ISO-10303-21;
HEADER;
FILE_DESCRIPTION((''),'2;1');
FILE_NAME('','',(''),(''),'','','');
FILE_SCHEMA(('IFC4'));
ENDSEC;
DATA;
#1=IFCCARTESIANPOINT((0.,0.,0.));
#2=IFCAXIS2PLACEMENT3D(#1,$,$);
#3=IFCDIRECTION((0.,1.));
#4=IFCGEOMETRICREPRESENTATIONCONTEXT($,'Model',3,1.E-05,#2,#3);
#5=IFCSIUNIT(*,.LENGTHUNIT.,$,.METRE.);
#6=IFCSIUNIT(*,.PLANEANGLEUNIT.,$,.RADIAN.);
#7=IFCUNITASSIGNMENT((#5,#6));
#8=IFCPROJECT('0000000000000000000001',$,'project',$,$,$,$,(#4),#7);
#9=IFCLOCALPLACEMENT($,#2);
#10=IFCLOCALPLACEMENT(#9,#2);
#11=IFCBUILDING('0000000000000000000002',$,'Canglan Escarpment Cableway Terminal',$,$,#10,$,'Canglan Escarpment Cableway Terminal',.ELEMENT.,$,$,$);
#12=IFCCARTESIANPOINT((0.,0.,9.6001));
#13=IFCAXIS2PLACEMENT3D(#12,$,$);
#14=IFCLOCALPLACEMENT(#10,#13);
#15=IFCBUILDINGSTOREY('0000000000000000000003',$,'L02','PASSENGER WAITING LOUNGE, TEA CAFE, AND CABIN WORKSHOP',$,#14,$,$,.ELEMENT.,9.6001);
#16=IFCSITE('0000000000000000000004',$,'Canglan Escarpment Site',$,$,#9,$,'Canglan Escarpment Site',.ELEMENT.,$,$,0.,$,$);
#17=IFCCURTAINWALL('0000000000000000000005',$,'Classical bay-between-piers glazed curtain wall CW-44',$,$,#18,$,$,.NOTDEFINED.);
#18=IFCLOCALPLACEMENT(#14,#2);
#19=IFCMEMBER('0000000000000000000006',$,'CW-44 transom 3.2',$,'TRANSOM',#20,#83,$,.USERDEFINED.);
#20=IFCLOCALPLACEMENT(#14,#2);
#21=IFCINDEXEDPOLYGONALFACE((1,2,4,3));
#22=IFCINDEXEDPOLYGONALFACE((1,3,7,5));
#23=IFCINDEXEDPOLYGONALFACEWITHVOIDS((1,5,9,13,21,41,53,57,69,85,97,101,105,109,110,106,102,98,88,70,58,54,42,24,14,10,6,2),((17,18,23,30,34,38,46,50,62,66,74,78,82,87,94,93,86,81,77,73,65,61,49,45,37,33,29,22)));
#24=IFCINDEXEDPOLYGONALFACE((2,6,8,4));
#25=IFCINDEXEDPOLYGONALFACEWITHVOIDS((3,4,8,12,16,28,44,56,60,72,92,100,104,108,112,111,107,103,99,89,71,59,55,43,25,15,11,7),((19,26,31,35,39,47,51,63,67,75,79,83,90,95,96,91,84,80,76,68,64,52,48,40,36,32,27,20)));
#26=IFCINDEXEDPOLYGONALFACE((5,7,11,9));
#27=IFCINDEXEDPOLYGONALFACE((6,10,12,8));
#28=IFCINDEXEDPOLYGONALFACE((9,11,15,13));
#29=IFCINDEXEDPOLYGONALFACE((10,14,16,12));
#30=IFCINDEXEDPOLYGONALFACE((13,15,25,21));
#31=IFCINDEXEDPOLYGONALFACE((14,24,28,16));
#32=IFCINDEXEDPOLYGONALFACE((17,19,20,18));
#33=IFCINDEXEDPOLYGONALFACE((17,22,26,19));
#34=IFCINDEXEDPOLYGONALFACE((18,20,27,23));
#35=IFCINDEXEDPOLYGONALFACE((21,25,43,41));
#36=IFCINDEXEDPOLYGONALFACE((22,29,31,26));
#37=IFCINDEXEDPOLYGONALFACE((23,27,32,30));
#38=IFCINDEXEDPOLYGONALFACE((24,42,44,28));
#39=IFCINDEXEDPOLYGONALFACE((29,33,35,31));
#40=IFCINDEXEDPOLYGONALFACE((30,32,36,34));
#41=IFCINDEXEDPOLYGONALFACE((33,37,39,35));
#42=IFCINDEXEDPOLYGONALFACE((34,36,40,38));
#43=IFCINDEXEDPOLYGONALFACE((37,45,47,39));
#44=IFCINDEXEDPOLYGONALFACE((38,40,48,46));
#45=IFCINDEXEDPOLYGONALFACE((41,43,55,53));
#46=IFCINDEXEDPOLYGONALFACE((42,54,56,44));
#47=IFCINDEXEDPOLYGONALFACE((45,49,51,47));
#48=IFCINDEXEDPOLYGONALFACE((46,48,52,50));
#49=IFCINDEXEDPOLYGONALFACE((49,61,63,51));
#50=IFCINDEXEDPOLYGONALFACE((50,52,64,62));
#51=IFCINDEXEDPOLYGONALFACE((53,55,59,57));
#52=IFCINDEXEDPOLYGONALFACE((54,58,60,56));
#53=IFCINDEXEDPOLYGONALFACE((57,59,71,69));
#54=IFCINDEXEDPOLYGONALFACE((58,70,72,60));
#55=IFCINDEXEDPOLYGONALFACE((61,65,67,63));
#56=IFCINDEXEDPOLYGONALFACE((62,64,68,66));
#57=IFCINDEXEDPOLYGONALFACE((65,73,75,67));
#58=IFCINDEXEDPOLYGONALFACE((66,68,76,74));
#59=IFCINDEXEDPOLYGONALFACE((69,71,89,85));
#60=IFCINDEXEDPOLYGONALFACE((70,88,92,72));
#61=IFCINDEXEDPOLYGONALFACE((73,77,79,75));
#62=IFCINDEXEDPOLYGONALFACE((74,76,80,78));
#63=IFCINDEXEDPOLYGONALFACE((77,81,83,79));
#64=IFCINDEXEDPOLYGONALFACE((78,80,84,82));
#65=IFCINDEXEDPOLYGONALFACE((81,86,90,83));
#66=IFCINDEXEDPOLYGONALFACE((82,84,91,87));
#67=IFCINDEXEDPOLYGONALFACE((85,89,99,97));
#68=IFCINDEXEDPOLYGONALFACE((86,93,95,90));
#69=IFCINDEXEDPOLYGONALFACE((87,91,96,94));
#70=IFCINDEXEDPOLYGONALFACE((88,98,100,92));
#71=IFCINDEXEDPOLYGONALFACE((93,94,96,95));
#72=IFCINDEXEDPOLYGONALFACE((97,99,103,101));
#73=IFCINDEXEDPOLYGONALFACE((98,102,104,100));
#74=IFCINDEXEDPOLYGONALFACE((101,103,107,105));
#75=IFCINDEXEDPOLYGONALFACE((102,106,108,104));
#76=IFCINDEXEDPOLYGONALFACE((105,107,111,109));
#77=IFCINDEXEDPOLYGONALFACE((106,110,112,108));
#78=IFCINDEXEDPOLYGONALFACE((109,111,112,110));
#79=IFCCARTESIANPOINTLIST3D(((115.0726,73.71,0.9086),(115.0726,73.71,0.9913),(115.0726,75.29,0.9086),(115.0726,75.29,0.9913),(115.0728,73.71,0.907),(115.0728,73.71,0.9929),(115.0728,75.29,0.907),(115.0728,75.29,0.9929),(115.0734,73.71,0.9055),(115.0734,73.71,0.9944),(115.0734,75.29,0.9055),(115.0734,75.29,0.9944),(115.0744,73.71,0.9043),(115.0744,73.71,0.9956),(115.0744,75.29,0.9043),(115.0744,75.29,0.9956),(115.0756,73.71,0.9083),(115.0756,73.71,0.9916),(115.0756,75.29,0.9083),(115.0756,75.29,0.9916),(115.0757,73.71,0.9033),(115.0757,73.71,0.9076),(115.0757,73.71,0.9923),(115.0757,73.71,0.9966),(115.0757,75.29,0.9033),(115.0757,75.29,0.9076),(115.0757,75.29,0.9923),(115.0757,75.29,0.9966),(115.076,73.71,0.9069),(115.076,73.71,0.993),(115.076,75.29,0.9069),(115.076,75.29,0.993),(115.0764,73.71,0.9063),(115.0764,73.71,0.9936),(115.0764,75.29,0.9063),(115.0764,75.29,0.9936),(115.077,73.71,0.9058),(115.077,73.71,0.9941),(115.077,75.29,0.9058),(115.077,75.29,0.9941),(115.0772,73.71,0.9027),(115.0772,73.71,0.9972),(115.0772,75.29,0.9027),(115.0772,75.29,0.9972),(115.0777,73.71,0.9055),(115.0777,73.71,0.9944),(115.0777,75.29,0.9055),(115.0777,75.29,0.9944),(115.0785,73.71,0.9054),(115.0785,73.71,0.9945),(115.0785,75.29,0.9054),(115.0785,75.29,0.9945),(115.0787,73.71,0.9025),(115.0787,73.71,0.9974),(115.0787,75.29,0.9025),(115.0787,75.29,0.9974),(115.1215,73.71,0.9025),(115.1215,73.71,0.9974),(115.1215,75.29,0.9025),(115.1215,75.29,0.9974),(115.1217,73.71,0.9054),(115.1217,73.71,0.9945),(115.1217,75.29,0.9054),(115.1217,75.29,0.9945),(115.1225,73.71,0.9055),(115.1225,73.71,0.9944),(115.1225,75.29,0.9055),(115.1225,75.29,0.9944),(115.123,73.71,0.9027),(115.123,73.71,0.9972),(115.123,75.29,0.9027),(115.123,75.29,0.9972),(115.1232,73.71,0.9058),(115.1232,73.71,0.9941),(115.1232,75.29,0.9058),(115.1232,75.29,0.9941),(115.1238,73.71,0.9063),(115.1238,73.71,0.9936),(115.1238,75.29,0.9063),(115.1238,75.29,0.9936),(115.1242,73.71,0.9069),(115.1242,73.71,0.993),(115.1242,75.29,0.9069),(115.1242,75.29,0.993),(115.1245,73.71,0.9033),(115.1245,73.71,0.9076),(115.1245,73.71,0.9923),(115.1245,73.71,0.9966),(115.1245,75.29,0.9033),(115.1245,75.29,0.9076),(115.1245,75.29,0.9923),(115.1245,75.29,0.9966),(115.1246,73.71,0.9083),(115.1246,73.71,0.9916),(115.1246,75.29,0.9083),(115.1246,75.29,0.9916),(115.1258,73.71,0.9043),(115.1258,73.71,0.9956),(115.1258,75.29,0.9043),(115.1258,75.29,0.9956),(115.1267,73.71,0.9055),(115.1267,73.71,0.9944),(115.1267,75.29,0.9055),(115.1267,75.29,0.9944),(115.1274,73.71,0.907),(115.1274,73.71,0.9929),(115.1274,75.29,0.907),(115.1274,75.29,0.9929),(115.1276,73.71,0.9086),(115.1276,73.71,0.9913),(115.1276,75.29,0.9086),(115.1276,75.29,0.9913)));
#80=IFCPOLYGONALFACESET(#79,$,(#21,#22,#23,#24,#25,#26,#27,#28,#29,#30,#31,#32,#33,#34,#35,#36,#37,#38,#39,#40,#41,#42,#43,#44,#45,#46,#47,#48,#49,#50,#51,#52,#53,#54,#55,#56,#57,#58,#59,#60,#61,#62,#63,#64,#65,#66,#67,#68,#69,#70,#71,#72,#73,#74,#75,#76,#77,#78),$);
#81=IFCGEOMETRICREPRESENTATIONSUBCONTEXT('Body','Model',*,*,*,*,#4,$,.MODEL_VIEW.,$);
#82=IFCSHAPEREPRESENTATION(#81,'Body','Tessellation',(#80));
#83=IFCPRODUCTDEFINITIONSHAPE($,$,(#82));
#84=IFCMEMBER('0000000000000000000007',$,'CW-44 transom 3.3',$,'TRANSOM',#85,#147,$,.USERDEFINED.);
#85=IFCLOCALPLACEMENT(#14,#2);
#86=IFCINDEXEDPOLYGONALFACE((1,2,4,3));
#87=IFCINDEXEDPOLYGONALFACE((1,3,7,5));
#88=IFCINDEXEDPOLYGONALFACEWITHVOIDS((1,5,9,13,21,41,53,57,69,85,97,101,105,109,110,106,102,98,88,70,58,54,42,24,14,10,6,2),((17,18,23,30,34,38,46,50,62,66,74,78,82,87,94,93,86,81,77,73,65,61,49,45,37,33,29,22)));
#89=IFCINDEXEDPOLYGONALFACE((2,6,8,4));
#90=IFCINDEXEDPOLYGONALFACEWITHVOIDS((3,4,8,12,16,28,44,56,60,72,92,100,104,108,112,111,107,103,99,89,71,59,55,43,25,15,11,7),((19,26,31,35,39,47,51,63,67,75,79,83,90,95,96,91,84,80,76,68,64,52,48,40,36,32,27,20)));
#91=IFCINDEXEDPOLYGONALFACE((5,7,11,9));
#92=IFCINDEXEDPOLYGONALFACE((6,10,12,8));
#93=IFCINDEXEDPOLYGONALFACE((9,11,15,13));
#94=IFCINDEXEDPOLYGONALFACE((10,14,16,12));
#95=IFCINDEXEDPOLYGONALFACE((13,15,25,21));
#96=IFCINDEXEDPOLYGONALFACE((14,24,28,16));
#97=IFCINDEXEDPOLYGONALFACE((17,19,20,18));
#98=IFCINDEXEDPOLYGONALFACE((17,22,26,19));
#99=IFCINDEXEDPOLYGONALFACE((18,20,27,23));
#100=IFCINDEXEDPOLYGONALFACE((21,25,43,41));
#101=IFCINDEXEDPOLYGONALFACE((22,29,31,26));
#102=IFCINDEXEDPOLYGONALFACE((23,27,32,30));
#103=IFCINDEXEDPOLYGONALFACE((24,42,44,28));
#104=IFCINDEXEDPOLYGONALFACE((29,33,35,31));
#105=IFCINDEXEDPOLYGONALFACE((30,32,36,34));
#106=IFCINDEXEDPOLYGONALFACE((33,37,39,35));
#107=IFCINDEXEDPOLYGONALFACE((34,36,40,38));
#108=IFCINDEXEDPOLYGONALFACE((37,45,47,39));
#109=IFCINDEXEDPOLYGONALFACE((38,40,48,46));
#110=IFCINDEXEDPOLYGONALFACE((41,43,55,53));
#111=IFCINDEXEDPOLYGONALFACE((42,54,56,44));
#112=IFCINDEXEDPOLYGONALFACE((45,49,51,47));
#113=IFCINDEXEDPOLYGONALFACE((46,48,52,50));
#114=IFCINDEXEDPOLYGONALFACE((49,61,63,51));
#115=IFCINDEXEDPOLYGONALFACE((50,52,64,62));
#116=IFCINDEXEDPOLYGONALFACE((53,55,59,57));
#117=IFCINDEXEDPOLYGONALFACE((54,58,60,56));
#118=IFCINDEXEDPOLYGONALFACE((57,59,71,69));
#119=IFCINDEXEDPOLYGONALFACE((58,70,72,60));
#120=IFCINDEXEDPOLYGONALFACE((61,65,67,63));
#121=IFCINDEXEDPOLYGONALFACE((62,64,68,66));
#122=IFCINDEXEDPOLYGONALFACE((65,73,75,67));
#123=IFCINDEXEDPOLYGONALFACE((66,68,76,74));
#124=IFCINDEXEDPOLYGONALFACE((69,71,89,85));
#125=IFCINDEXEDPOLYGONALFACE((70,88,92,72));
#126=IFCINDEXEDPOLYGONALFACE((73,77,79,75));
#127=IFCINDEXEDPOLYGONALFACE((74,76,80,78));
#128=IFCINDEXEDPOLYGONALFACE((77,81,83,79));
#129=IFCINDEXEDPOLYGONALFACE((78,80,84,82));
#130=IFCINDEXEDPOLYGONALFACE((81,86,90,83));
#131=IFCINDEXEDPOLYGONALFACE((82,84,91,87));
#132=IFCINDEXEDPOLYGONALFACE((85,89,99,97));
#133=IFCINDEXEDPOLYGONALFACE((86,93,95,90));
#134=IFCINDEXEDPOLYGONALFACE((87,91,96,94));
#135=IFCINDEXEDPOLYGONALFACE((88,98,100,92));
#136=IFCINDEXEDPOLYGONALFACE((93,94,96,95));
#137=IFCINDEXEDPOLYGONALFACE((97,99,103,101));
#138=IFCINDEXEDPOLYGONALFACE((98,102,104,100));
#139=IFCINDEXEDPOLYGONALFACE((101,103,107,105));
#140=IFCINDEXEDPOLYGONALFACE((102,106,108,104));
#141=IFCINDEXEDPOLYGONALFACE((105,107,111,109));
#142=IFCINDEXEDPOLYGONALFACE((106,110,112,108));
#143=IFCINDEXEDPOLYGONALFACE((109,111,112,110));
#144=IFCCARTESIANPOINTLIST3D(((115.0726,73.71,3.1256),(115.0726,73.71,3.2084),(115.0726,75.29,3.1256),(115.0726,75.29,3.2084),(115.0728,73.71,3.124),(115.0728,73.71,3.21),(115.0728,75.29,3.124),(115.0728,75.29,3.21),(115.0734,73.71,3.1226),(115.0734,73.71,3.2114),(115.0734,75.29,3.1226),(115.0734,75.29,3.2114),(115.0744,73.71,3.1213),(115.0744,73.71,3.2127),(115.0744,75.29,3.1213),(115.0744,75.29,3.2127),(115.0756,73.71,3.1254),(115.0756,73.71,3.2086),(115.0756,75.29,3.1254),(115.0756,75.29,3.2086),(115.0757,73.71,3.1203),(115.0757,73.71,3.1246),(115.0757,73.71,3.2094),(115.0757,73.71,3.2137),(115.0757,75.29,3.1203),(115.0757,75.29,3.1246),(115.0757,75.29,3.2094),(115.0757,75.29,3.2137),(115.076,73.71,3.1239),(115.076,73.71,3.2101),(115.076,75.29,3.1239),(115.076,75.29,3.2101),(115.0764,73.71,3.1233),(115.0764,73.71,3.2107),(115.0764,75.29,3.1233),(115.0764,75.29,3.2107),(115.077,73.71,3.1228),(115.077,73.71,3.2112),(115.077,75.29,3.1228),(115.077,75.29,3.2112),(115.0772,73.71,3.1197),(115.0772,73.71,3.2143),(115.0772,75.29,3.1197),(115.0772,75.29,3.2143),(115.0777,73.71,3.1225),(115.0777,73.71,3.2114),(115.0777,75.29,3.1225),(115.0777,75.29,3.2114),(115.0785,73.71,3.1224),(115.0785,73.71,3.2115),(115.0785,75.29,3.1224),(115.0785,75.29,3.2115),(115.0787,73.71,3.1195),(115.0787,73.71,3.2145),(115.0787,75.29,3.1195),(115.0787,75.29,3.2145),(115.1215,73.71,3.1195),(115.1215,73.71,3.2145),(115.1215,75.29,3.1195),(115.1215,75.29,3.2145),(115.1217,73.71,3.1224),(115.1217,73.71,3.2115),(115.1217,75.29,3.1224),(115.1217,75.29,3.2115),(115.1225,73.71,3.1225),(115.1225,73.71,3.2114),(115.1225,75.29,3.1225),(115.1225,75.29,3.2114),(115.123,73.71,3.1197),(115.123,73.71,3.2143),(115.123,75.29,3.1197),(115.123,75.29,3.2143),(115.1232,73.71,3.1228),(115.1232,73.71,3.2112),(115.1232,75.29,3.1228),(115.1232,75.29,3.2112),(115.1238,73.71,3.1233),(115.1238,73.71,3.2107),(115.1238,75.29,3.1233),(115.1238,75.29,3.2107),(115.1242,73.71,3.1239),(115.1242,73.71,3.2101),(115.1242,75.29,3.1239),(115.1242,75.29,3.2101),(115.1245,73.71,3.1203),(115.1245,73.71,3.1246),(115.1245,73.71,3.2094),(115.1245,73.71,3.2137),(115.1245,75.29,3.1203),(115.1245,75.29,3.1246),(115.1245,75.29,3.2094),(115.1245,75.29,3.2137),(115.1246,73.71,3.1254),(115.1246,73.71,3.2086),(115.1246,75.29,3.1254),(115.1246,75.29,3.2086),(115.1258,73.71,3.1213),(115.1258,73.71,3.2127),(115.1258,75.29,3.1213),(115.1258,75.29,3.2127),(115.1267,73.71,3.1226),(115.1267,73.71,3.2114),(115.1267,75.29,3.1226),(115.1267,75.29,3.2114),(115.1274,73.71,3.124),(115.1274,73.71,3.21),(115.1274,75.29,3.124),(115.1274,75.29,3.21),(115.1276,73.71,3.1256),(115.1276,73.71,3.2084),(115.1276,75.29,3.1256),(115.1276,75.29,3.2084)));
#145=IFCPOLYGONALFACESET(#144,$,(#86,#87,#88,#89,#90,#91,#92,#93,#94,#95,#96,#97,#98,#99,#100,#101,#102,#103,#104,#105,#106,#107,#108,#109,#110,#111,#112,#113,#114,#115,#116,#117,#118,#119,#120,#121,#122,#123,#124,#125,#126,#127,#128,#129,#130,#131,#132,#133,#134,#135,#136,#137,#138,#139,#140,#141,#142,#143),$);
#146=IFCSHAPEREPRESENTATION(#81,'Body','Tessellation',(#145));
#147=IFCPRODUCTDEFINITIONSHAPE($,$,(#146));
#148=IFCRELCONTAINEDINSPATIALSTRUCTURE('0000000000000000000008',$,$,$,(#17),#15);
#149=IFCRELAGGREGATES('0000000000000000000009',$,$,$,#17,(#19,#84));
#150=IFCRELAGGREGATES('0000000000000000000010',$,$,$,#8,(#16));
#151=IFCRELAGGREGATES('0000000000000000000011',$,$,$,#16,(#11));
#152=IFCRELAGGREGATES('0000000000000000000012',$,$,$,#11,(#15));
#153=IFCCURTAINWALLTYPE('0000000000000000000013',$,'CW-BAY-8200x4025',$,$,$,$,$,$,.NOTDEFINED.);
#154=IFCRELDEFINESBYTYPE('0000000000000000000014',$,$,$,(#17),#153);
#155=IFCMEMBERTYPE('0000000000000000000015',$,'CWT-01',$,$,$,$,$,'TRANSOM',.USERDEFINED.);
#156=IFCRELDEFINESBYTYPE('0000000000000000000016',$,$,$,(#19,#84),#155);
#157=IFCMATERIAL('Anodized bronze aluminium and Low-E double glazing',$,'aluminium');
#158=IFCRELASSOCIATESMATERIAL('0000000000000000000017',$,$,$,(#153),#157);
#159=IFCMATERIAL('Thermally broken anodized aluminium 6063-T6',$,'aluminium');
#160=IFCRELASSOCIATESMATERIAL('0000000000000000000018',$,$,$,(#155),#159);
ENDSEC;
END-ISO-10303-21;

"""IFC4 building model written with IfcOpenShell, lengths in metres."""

from ifc_helpers import new_model, si_unit, direction, frame, origin, origin_2d, place, context, subcontext, project, spatial, hollow_rectangle, extrude, material, material_profile, profile_set, type_object, element, aggregate, save


model = new_model("IFC4")

# Units and contexts
model_context = context("Model", 3, precision=1e-05, world=origin(), true_north=direction((0.0, 1.0)))
body_context = subcontext(model_context, "Body", "Model", "MODEL_VIEW")
ifc_project = project(units=[si_unit("LENGTHUNIT", "METRE"), si_unit("PLANEANGLEUNIT", "RADIAN")], contexts=[model_context])

# Site, building, storey
site_placement = place(None, origin())
site = spatial("IfcSite", under=ifc_project, at=site_placement, Name="Canglan Escarpment Site", LongName="Canglan Escarpment Site", CompositionType="ELEMENT", RefElevation=0.0)
building_placement = place(site_placement, origin())
building = spatial("IfcBuilding", under=site, at=building_placement, Name="Canglan Escarpment Cableway Terminal", LongName="Canglan Escarpment Cableway Terminal", CompositionType="ELEMENT")
storey_placement = place(building_placement, frame((0.0, 0.0, 9.6001)))
storey = spatial("IfcBuildingStorey", under=building, at=storey_placement, Name="L02", Description="PASSENGER WAITING LOUNGE, TEA CAFE, AND CABIN WORKSHOP", CompositionType="ELEMENT", Elevation=9.6001)

# Curtain wall, members
ifc_material_1 = material(Name="Anodized bronze aluminium and Low-E double glazing", Category="aluminium")
curtain_wall_type = type_object("IfcCurtainWallType", Name="CW-BAY-8200x4025", PredefinedType="NOTDEFINED", material=ifc_material_1)
curtain_wall_placement = place(storey_placement, origin())
curtain_wall = element("IfcCurtainWall", 1, at=curtain_wall_placement, inside=storey, type_object=curtain_wall_type, Name="Classical bay-between-piers glazed curtain wall CW-44", PredefinedType="NOTDEFINED")
ifc_material_2 = material(Name="Thermally broken anodized aluminium 6063-T6", Category="aluminium")
ifc_material_profile_1 = material_profile(ifc_material_2, hollow_rectangle(XDim=0.0549, YDim=0.095, WallThickness=0.0029, InnerFilletRadius=0.0029, OuterFilletRadius=0.0061, at=origin_2d()), Name="ALU-TRAN 55x95x3")
ifc_profile_set_1 = profile_set([ifc_material_profile_1], Name="Thermally broken anodized aluminium 6063-T6")
member_type_1 = type_object("IfcMemberType", Name="CWT-01", ElementType="TRANSOM", PredefinedType="USERDEFINED", material=ifc_profile_set_1)
member_1_placement = place(storey_placement, frame((115.1001, 75.29, 0.95), z_axis=(0.0, -1.0, 0.0), x_axis=(1.0, 0.0, 0.0)))
member_1 = element("IfcMember", 2, at=member_1_placement, type_object=member_type_1, Name="CW-44 transom 3.2", ObjectType="TRANSOM", PredefinedType="USERDEFINED", context=body_context, shape_type="SweptSolid", body=[
    extrude(hollow_rectangle(XDim=0.0549, YDim=0.095, WallThickness=0.0029, InnerFilletRadius=0.0029, OuterFilletRadius=0.0061, at=origin_2d()), origin(), (0.0, 0.0, 1.0), 1.5801),
])
member_2_placement = place(storey_placement, frame((115.1001, 75.29, 3.167), z_axis=(0.0, -1.0, 0.0), x_axis=(1.0, 0.0, 0.0)))
member_2 = element("IfcMember", 3, at=member_2_placement, type_object=member_type_1, Name="CW-44 transom 3.3", ObjectType="TRANSOM", PredefinedType="USERDEFINED", context=body_context, shape_type="SweptSolid", body=[
    extrude(hollow_rectangle(XDim=0.0549, YDim=0.095, WallThickness=0.0029, InnerFilletRadius=0.0029, OuterFilletRadius=0.0061, at=origin_2d()), origin(), (0.0, 0.0, 1.0), 1.5801),
])
aggregate(curtain_wall, [member_1, member_2])

save(model, "model.ifc")
